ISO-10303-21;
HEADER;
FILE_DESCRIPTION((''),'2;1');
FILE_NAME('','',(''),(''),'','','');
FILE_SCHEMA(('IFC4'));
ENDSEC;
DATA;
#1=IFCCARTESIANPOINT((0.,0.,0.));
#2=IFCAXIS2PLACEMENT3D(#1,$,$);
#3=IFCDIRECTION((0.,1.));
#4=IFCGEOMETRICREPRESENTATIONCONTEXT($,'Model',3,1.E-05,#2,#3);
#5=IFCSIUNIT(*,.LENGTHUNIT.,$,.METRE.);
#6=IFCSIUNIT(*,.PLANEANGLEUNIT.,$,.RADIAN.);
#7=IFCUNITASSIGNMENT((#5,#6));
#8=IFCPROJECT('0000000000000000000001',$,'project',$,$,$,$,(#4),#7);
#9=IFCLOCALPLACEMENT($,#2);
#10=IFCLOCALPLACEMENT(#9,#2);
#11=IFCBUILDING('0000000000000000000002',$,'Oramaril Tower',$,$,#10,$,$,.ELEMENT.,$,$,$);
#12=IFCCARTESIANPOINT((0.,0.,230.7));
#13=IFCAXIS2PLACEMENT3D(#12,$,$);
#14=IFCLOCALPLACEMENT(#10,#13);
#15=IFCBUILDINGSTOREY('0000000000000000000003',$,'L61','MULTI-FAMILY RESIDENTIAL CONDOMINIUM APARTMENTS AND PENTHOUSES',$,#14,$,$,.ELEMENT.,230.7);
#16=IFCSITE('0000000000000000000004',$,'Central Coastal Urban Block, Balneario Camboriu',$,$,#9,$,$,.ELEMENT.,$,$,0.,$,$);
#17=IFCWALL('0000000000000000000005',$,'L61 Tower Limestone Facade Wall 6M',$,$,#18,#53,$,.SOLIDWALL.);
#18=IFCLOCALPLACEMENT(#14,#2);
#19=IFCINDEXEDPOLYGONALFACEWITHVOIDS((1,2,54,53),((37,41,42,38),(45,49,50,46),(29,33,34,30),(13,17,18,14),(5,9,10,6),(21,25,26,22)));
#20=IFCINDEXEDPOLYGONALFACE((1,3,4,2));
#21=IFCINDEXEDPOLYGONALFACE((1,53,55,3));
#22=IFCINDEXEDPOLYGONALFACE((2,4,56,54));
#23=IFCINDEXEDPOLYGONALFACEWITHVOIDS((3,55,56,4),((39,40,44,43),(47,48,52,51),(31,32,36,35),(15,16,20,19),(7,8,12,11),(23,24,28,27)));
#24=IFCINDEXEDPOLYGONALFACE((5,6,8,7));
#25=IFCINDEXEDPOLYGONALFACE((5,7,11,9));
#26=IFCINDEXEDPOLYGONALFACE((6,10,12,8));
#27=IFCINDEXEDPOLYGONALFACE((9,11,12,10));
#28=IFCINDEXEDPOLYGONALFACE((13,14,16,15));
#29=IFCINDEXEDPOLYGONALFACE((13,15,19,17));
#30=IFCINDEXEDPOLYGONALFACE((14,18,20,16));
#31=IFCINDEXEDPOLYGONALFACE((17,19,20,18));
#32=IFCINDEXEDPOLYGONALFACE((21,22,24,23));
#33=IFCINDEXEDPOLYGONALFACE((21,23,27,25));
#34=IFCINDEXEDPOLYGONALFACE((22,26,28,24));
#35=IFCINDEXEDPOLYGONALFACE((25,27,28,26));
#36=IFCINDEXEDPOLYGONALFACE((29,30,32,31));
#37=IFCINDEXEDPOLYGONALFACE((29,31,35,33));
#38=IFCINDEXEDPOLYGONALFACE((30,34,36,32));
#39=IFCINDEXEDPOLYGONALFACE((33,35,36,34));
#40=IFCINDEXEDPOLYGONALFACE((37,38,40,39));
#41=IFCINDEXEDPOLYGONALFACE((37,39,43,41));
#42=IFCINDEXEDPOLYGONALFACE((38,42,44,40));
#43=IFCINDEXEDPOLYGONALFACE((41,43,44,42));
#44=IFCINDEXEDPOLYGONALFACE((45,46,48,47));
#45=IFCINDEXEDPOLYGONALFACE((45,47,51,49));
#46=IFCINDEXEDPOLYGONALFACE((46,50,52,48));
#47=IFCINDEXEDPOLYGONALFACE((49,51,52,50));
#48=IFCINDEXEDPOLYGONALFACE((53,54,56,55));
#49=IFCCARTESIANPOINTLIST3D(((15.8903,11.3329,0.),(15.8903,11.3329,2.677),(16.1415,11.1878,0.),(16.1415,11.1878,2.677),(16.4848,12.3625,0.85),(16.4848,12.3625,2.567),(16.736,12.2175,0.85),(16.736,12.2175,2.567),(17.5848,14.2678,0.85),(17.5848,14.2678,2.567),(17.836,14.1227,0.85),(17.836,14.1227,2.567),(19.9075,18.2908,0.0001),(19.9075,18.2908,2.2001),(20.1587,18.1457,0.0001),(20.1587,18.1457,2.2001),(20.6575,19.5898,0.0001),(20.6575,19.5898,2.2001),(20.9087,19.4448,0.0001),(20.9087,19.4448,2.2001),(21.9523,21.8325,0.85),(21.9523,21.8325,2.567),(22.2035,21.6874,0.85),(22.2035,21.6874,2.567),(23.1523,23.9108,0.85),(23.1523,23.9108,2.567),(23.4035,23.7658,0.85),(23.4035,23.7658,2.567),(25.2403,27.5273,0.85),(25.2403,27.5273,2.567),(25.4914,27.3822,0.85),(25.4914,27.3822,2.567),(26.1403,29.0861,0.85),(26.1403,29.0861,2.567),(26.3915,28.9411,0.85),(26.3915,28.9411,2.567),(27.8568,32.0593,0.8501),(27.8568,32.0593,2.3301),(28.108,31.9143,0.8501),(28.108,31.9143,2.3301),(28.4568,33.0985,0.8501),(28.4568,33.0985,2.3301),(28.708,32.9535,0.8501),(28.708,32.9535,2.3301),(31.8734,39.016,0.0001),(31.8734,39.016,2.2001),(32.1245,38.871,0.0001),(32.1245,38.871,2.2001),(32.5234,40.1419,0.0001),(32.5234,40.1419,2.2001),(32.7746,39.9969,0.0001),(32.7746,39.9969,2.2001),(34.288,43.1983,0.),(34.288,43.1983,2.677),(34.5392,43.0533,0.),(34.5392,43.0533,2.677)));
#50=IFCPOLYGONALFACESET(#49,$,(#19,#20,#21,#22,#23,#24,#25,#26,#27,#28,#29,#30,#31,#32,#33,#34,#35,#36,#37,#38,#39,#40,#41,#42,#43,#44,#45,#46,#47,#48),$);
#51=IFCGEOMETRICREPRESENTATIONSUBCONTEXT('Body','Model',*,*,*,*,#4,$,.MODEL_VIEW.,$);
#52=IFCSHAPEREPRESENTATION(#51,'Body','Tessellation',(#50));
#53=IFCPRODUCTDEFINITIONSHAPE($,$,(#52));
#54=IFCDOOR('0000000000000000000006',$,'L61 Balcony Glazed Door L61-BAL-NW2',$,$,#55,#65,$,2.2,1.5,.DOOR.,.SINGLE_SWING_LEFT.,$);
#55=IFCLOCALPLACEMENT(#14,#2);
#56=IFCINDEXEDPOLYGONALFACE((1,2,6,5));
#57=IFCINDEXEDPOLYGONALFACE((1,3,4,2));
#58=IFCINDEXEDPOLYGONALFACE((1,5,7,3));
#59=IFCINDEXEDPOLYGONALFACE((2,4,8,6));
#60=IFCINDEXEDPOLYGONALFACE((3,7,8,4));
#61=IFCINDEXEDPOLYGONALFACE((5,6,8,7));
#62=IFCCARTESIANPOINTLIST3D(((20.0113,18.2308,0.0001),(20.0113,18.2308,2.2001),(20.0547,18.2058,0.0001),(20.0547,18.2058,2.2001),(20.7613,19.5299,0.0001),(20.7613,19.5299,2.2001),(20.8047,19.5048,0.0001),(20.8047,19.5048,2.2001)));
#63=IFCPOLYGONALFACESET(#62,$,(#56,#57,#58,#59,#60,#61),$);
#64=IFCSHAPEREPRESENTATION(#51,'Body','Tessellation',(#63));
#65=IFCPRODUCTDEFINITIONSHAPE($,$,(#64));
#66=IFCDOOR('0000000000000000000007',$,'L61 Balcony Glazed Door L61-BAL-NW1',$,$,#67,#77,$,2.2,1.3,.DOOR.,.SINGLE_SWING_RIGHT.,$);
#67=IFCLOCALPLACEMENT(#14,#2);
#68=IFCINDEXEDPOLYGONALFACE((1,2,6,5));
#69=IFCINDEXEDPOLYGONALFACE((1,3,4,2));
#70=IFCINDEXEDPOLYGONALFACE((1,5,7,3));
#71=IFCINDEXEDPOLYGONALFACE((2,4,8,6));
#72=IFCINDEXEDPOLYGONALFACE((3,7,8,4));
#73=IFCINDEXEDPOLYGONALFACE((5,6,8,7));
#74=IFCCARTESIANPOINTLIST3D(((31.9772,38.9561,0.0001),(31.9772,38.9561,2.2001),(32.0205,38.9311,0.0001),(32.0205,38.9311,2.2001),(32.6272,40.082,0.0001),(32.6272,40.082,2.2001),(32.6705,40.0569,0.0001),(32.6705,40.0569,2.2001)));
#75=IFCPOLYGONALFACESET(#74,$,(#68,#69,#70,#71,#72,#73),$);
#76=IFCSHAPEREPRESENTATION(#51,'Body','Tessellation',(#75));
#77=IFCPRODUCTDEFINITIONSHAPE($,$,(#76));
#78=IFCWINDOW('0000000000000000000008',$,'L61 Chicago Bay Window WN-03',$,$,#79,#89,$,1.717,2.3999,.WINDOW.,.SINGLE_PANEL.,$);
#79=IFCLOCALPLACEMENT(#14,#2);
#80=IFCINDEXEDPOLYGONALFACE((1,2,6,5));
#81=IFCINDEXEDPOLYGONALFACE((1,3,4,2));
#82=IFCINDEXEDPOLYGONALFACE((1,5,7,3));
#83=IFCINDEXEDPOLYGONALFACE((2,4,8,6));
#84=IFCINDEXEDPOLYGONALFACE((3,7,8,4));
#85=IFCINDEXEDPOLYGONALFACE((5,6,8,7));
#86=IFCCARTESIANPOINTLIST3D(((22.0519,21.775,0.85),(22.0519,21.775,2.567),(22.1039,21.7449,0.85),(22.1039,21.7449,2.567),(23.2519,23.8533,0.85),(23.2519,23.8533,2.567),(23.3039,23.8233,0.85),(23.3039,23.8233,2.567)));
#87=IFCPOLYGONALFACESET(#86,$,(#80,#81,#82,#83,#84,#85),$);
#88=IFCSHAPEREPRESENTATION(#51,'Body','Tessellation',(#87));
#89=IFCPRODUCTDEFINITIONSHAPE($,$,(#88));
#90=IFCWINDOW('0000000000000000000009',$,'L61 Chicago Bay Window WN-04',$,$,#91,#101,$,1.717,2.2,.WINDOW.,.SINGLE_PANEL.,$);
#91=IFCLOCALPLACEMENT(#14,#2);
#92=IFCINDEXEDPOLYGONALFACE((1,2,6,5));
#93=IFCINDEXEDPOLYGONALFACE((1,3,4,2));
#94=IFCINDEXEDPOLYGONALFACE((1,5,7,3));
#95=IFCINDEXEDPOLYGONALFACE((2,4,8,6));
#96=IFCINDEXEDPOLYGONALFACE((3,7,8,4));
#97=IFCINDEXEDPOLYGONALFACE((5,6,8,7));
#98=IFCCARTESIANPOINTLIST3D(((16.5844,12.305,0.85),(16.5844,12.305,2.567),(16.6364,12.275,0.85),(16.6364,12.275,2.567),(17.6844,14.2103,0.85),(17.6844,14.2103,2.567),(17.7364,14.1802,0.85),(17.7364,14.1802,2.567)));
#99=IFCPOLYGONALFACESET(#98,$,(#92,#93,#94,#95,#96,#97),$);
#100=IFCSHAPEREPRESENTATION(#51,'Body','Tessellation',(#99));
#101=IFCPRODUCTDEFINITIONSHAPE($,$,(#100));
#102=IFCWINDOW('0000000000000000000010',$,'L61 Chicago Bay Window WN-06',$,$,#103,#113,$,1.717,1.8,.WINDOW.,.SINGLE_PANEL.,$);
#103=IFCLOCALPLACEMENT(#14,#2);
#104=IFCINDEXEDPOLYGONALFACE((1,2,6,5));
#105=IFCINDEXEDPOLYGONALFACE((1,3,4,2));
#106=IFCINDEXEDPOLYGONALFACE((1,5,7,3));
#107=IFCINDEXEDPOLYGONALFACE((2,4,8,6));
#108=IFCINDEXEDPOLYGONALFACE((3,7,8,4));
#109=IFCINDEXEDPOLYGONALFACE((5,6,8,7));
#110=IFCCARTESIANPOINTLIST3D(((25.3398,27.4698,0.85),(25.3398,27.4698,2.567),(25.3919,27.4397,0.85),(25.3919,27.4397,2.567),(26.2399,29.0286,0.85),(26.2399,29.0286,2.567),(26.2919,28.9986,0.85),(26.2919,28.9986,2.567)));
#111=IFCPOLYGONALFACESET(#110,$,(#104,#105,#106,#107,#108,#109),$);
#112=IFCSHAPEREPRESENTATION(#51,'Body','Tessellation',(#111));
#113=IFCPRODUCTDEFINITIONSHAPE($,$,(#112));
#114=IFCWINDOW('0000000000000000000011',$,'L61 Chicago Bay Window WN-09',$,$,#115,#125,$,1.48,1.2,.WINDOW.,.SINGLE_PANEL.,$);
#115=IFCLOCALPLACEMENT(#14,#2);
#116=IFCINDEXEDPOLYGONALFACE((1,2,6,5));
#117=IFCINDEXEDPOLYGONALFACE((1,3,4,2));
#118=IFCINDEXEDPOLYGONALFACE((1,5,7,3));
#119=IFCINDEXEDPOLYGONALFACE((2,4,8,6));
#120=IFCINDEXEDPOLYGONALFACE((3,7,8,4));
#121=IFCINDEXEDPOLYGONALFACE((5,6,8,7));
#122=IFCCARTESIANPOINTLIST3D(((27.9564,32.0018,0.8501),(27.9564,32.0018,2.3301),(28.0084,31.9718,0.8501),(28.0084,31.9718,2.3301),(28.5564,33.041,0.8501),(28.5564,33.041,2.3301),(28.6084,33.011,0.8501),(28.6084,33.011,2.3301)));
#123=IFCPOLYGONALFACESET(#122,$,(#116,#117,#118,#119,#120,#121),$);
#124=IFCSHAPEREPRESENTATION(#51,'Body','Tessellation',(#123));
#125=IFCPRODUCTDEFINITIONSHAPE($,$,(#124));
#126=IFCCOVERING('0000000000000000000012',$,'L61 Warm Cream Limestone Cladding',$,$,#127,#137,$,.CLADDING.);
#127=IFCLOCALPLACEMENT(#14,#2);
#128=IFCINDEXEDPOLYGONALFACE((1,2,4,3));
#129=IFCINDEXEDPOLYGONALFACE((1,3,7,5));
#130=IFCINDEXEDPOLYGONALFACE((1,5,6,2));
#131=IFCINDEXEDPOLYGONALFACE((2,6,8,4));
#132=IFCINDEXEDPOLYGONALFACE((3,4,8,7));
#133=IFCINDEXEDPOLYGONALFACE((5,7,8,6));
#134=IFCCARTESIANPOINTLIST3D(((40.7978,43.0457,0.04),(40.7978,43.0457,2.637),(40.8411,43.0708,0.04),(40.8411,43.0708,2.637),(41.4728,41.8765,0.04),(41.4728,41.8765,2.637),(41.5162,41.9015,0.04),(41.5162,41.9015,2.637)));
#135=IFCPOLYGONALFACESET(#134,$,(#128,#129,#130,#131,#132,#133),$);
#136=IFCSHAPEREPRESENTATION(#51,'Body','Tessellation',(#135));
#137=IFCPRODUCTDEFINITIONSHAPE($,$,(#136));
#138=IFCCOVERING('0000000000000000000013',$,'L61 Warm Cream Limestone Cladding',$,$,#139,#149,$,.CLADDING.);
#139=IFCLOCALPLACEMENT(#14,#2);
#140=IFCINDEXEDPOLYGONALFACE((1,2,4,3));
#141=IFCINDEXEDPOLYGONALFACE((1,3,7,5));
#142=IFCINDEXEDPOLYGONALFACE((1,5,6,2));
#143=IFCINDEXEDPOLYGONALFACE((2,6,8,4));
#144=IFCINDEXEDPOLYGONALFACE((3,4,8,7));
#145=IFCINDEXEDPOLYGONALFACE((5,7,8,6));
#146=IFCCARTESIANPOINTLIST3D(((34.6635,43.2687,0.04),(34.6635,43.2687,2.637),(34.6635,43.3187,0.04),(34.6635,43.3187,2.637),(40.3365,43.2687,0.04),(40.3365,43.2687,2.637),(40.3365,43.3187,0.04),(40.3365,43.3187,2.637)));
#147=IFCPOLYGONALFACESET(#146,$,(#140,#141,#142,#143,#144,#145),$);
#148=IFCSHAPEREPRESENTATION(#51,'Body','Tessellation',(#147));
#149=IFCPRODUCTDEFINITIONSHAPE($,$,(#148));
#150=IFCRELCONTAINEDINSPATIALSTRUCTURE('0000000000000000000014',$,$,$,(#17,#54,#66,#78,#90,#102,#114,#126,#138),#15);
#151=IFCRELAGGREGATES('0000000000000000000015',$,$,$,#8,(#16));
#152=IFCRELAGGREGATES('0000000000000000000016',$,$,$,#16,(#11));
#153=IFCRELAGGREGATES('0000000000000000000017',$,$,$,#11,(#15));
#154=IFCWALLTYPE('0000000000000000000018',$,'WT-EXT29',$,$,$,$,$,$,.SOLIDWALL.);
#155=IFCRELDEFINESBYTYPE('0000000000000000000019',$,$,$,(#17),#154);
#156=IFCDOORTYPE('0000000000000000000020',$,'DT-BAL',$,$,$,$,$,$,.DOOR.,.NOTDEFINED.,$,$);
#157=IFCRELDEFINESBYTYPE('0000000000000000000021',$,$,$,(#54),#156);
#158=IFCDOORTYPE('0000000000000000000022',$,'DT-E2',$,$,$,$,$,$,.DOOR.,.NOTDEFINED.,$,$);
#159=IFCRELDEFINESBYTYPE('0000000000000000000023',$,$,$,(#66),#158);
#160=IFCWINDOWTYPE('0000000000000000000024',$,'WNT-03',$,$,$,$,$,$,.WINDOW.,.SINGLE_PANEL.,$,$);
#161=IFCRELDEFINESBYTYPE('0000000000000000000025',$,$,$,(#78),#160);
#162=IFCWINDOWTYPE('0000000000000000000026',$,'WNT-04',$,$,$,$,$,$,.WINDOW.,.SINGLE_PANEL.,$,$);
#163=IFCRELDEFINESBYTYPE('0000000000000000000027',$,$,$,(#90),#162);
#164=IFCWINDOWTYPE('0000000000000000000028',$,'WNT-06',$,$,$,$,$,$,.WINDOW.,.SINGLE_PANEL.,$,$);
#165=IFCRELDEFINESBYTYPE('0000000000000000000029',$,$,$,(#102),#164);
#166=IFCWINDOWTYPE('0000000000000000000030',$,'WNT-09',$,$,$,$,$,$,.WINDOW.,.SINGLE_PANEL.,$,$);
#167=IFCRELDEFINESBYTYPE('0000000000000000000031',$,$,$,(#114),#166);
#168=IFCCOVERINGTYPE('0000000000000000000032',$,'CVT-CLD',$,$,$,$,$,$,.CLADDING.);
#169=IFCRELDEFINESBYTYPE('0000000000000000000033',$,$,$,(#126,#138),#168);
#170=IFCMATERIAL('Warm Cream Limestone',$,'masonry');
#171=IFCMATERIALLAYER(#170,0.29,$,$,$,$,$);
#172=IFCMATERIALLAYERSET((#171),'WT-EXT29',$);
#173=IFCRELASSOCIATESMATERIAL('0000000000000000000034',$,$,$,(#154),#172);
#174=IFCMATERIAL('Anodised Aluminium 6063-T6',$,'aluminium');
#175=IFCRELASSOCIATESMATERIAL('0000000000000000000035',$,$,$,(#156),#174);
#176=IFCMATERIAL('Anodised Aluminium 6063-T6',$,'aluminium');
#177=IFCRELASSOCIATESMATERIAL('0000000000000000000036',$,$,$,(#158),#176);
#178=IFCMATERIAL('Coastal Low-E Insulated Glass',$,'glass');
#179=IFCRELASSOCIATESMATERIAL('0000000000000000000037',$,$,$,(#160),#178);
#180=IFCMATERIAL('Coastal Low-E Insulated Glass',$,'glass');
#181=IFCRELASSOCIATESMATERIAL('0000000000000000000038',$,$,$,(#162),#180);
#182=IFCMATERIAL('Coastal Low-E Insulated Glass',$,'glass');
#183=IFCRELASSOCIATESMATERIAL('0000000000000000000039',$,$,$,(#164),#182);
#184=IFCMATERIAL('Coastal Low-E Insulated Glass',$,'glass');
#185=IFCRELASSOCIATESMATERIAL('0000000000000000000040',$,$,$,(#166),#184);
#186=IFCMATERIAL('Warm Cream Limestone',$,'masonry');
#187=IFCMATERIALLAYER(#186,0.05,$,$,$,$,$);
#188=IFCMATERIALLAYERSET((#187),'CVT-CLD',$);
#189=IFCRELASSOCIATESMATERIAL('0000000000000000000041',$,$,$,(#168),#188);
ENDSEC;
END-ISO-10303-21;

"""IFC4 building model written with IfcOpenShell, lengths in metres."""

from ifc_helpers import new_model, si_unit, direction, frame, frame_2d, origin, origin_2d, place, context, subcontext, project, spatial, rectangle, extrude, material, layer, layer_set, type_object, element, fill, save


model = new_model("IFC4")

# Units and contexts
model_context = context("Model", 3, precision=1e-05, world=origin(), true_north=direction((0.0, 1.0)))
body_context = subcontext(model_context, "Body", "Model", "MODEL_VIEW")
ifc_project = project(units=[si_unit("LENGTHUNIT", "METRE"), si_unit("PLANEANGLEUNIT", "RADIAN")], contexts=[model_context])

# Site, building, storey
site_placement = place(None, origin())
site = spatial("IfcSite", under=ifc_project, at=site_placement, Name="Central Coastal Urban Block, Balneario Camboriu", CompositionType="ELEMENT", RefElevation=0.0)
building_placement = place(site_placement, origin())
building = spatial("IfcBuilding", under=site, at=building_placement, Name="Oramaril Tower", CompositionType="ELEMENT")
storey_placement = place(building_placement, frame((0.0, 0.0, 230.7)))
storey = spatial("IfcBuildingStorey", under=building, at=storey_placement, Name="L61", Description="MULTI-FAMILY RESIDENTIAL CONDOMINIUM APARTMENTS AND PENTHOUSES", CompositionType="ELEMENT", Elevation=230.7)

# Shared definitions
ifc_material_1 = material(Name="Warm Cream Limestone", Category="masonry")
ifc_layer_1 = layer(ifc_material_1, 0.29)
ifc_layer_set_1 = layer_set([ifc_layer_1], Name="WT-EXT29")
wall_type = type_object("IfcWallType", Name="WT-EXT29", PredefinedType="SOLIDWALL", material=ifc_layer_set_1)

# Wall, openings, doors, windows
wall_1_placement = place(storey_placement, frame((34.4136, 43.1257, 0.0), z_axis=(0.0, 0.0, 1.0), x_axis=(-0.500003, -0.866023, 0.0)))
wall_1 = element("IfcWall", 1, at=wall_1_placement, inside=storey, type_object=wall_type, Name="L61 Tower Limestone Facade Wall 6M", PredefinedType="SOLIDWALL", context=body_context, shape_type="SweptSolid", body=[
    extrude(rectangle(XDim=36.7952, YDim=0.29, at=frame_2d((18.3975, 0.0))), origin(), (0.0, 0.0, 1.0), 2.677),
])
opening_1_placement = place(wall_1_placement, frame((3.5293, 0.0, 0.0)))
opening_1 = element("IfcOpeningElement", 2, at=opening_1_placement, cuts=wall_1, PredefinedType="OPENING", context=body_context, shape_type="SweptSolid", body=[
    extrude(rectangle(XDim=1.3, YDim=2.2, at=frame_2d((0.6499, 1.1001))), frame((0.0, 0.145, 0.0), z_axis=(0.0, -1.0, 0.0), x_axis=(1.0, 0.0, 0.0)), (0.0, 0.0, 1.0), 0.29),
])
opening_2_placement = place(wall_1_placement, frame((27.2607, 0.0, 0.0)))
opening_2 = element("IfcOpeningElement", 3, at=opening_2_placement, cuts=wall_1, PredefinedType="OPENING", context=body_context, shape_type="SweptSolid", body=[
    extrude(rectangle(XDim=1.5, YDim=2.2, at=frame_2d((0.75, 1.1001))), frame((0.0, 0.145, 0.0), z_axis=(0.0, -1.0, 0.0), x_axis=(1.0, 0.0, 0.0)), (0.0, 0.0, 1.0), 0.29),
])
opening_3_placement = place(wall_1_placement, frame((22.2712, 0.0, 0.8501)))
opening_3 = element("IfcOpeningElement", 4, at=opening_3_placement, cuts=wall_1, PredefinedType="OPENING", context=body_context, shape_type="SweptSolid", body=[
    extrude(rectangle(XDim=2.3999, YDim=1.717, at=frame_2d((1.2, 0.8584))), frame((0.0, 0.145, 0.0), z_axis=(0.0, -1.0, 0.0), x_axis=(1.0, 0.0, 0.0)), (0.0, 0.0, 1.0), 0.29),
])
opening_4_placement = place(wall_1_placement, frame((33.406, 0.0, 0.8501)))
opening_4 = element("IfcOpeningElement", 5, at=opening_4_placement, cuts=wall_1, PredefinedType="OPENING", context=body_context, shape_type="SweptSolid", body=[
    extrude(rectangle(XDim=2.2, YDim=1.717, at=frame_2d((1.1001, 0.8584))), frame((0.0, 0.145, 0.0), z_axis=(0.0, -1.0, 0.0), x_axis=(1.0, 0.0, 0.0)), (0.0, 0.0, 1.0), 0.29),
])
opening_5_placement = place(wall_1_placement, frame((11.6621, 0.0, 0.8501)))
opening_5 = element("IfcOpeningElement", 6, at=opening_5_placement, cuts=wall_1, PredefinedType="OPENING", context=body_context, shape_type="SweptSolid", body=[
    extrude(rectangle(XDim=1.2, YDim=1.48, at=frame_2d((0.6001, 0.74))), frame((0.0, 0.145, 0.0), z_axis=(0.0, -1.0, 0.0), x_axis=(1.0, 0.0, 0.0)), (0.0, 0.0, 1.0), 0.29),
])
opening_6_placement = place(wall_1_placement, frame((16.2954, 0.0, 0.8501)))
opening_6 = element("IfcOpeningElement", 7, at=opening_6_placement, cuts=wall_1, PredefinedType="OPENING", context=body_context, shape_type="SweptSolid", body=[
    extrude(rectangle(XDim=1.8, YDim=1.717, at=frame_2d((0.8999, 0.8584))), frame((0.0, 0.145, 0.0), z_axis=(0.0, -1.0, 0.0), x_axis=(1.0, 0.0, 0.0)), (0.0, 0.0, 1.0), 0.29),
])
ifc_material_2 = material(Name="Anodised Aluminium 6063-T6", Category="aluminium")
door_type_1 = type_object("IfcDoorType", Name="DT-BAL", OperationType="NOTDEFINED", PredefinedType="DOOR", material=ifc_material_2)
door_1_placement = place(opening_2_placement, origin())
door_1 = element("IfcDoor", 8, at=door_1_placement, inside=storey, type_object=door_type_1, Name="L61 Balcony Glazed Door L61-BAL-NW2", OperationType="SINGLE_SWING_LEFT", OverallHeight=2.2, OverallWidth=1.5, PredefinedType="DOOR", context=body_context, shape_type="SweptSolid", body=[
    extrude(rectangle(XDim=1.5, YDim=2.2, at=frame_2d((0.75, 1.1001))), frame((0.0, 0.0249, 0.0), z_axis=(0.0, -1.0, 0.0), x_axis=(1.0, 0.0, 0.0)), (0.0, 0.0, 1.0), 0.05),
])
fill(opening_2, door_1)
ifc_material_3 = material(Name="Anodised Aluminium 6063-T6", Category="aluminium")
door_type_2 = type_object("IfcDoorType", Name="DT-E2", OperationType="NOTDEFINED", PredefinedType="DOOR", material=ifc_material_3)
door_2_placement = place(opening_1_placement, origin())
door_2 = element("IfcDoor", 9, at=door_2_placement, inside=storey, type_object=door_type_2, Name="L61 Balcony Glazed Door L61-BAL-NW1", OperationType="SINGLE_SWING_RIGHT", OverallHeight=2.2, OverallWidth=1.3, PredefinedType="DOOR", context=body_context, shape_type="SweptSolid", body=[
    extrude(rectangle(XDim=1.3, YDim=2.2, at=frame_2d((0.6499, 1.1001))), frame((0.0, 0.0249, 0.0), z_axis=(0.0, -1.0, 0.0), x_axis=(1.0, 0.0, 0.0)), (0.0, 0.0, 1.0), 0.05),
])
fill(opening_1, door_2)
ifc_material_4 = material(Name="Coastal Low-E Insulated Glass", Category="glass")
window_type_1 = type_object("IfcWindowType", Name="WNT-03", PartitioningType="SINGLE_PANEL", PredefinedType="WINDOW", material=ifc_material_4)
window_1_placement = place(opening_3_placement, origin())
window_1 = element("IfcWindow", 10, at=window_1_placement, inside=storey, type_object=window_type_1, Name="L61 Chicago Bay Window WN-03", OverallHeight=1.717, OverallWidth=2.3999, PartitioningType="SINGLE_PANEL", PredefinedType="WINDOW", context=body_context, shape_type="SweptSolid", body=[
    extrude(rectangle(XDim=2.3999, YDim=1.717, at=frame_2d((1.2, 0.8584))), frame((0.0, 0.03, 0.0), z_axis=(0.0, -1.0, 0.0), x_axis=(1.0, 0.0, 0.0)), (0.0, 0.0, 1.0), 0.0601),
])
fill(opening_3, window_1)
ifc_material_5 = material(Name="Coastal Low-E Insulated Glass", Category="glass")
window_type_2 = type_object("IfcWindowType", Name="WNT-04", PartitioningType="SINGLE_PANEL", PredefinedType="WINDOW", material=ifc_material_5)
window_2_placement = place(opening_4_placement, origin())
window_2 = element("IfcWindow", 11, at=window_2_placement, inside=storey, type_object=window_type_2, Name="L61 Chicago Bay Window WN-04", OverallHeight=1.717, OverallWidth=2.2, PartitioningType="SINGLE_PANEL", PredefinedType="WINDOW", context=body_context, shape_type="SweptSolid", body=[
    extrude(rectangle(XDim=2.2, YDim=1.717, at=frame_2d((1.1001, 0.8584))), frame((0.0, 0.03, 0.0), z_axis=(0.0, -1.0, 0.0), x_axis=(1.0, 0.0, 0.0)), (0.0, 0.0, 1.0), 0.0601),
])
fill(opening_4, window_2)
ifc_material_6 = material(Name="Coastal Low-E Insulated Glass", Category="glass")
window_type_3 = type_object("IfcWindowType", Name="WNT-06", PartitioningType="SINGLE_PANEL", PredefinedType="WINDOW", material=ifc_material_6)
window_3_placement = place(opening_6_placement, origin())
window_3 = element("IfcWindow", 12, at=window_3_placement, inside=storey, type_object=window_type_3, Name="L61 Chicago Bay Window WN-06", OverallHeight=1.717, OverallWidth=1.8, PartitioningType="SINGLE_PANEL", PredefinedType="WINDOW", context=body_context, shape_type="SweptSolid", body=[
    extrude(rectangle(XDim=1.8, YDim=1.717, at=frame_2d((0.8999, 0.8584))), frame((0.0, 0.03, 0.0), z_axis=(0.0, -1.0, 0.0), x_axis=(1.0, 0.0, 0.0)), (0.0, 0.0, 1.0), 0.0601),
])
fill(opening_6, window_3)
ifc_material_7 = material(Name="Coastal Low-E Insulated Glass", Category="glass")
window_type_4 = type_object("IfcWindowType", Name="WNT-09", PartitioningType="SINGLE_PANEL", PredefinedType="WINDOW", material=ifc_material_7)
window_4_placement = place(opening_5_placement, origin())
window_4 = element("IfcWindow", 13, at=window_4_placement, inside=storey, type_object=window_type_4, Name="L61 Chicago Bay Window WN-09", OverallHeight=1.48, OverallWidth=1.2, PartitioningType="SINGLE_PANEL", PredefinedType="WINDOW", context=body_context, shape_type="SweptSolid", body=[
    extrude(rectangle(XDim=1.2, YDim=1.48, at=frame_2d((0.6001, 0.74))), frame((0.0, 0.03, 0.0), z_axis=(0.0, -1.0, 0.0), x_axis=(1.0, 0.0, 0.0)), (0.0, 0.0, 1.0), 0.0601),
])
fill(opening_5, window_4)

# Coverings
ifc_material_8 = material(Name="Warm Cream Limestone", Category="masonry")
ifc_layer_2 = layer(ifc_material_8, 0.05)
ifc_layer_set_2 = layer_set([ifc_layer_2], Name="CVT-CLD")
covering_type = type_object("IfcCoveringType", Name="CVT-CLD", PredefinedType="CLADDING", material=ifc_layer_set_2)
covering_1_placement = place(storey_placement, frame((41.157, 42.4736, 0.04), z_axis=(0.0, 0.0, 1.0), x_axis=(-0.500002, 0.866025, 0.0)))
element("IfcCovering", 14, at=covering_1_placement, inside=storey, type_object=covering_type, Name="L61 Warm Cream Limestone Cladding", PredefinedType="CLADDING", context=body_context, shape_type="SweptSolid", body=[
    extrude(rectangle(XDim=1.3501, YDim=0.05, at=origin_2d()), origin(), (0.0, 0.0, 1.0), 2.5969),
])
covering_2_placement = place(storey_placement, frame((37.5, 43.2937, 0.04), z_axis=(0.0, 0.0, 1.0), x_axis=(-1.0, 0.0, 0.0)))
element("IfcCovering", 15, at=covering_2_placement, inside=storey, type_object=covering_type, Name="L61 Warm Cream Limestone Cladding", PredefinedType="CLADDING", context=body_context, shape_type="SweptSolid", body=[
    extrude(rectangle(XDim=5.6731, YDim=0.05, at=origin_2d()), origin(), (0.0, 0.0, 1.0), 2.5969),
])

save(model, "model.ifc")
